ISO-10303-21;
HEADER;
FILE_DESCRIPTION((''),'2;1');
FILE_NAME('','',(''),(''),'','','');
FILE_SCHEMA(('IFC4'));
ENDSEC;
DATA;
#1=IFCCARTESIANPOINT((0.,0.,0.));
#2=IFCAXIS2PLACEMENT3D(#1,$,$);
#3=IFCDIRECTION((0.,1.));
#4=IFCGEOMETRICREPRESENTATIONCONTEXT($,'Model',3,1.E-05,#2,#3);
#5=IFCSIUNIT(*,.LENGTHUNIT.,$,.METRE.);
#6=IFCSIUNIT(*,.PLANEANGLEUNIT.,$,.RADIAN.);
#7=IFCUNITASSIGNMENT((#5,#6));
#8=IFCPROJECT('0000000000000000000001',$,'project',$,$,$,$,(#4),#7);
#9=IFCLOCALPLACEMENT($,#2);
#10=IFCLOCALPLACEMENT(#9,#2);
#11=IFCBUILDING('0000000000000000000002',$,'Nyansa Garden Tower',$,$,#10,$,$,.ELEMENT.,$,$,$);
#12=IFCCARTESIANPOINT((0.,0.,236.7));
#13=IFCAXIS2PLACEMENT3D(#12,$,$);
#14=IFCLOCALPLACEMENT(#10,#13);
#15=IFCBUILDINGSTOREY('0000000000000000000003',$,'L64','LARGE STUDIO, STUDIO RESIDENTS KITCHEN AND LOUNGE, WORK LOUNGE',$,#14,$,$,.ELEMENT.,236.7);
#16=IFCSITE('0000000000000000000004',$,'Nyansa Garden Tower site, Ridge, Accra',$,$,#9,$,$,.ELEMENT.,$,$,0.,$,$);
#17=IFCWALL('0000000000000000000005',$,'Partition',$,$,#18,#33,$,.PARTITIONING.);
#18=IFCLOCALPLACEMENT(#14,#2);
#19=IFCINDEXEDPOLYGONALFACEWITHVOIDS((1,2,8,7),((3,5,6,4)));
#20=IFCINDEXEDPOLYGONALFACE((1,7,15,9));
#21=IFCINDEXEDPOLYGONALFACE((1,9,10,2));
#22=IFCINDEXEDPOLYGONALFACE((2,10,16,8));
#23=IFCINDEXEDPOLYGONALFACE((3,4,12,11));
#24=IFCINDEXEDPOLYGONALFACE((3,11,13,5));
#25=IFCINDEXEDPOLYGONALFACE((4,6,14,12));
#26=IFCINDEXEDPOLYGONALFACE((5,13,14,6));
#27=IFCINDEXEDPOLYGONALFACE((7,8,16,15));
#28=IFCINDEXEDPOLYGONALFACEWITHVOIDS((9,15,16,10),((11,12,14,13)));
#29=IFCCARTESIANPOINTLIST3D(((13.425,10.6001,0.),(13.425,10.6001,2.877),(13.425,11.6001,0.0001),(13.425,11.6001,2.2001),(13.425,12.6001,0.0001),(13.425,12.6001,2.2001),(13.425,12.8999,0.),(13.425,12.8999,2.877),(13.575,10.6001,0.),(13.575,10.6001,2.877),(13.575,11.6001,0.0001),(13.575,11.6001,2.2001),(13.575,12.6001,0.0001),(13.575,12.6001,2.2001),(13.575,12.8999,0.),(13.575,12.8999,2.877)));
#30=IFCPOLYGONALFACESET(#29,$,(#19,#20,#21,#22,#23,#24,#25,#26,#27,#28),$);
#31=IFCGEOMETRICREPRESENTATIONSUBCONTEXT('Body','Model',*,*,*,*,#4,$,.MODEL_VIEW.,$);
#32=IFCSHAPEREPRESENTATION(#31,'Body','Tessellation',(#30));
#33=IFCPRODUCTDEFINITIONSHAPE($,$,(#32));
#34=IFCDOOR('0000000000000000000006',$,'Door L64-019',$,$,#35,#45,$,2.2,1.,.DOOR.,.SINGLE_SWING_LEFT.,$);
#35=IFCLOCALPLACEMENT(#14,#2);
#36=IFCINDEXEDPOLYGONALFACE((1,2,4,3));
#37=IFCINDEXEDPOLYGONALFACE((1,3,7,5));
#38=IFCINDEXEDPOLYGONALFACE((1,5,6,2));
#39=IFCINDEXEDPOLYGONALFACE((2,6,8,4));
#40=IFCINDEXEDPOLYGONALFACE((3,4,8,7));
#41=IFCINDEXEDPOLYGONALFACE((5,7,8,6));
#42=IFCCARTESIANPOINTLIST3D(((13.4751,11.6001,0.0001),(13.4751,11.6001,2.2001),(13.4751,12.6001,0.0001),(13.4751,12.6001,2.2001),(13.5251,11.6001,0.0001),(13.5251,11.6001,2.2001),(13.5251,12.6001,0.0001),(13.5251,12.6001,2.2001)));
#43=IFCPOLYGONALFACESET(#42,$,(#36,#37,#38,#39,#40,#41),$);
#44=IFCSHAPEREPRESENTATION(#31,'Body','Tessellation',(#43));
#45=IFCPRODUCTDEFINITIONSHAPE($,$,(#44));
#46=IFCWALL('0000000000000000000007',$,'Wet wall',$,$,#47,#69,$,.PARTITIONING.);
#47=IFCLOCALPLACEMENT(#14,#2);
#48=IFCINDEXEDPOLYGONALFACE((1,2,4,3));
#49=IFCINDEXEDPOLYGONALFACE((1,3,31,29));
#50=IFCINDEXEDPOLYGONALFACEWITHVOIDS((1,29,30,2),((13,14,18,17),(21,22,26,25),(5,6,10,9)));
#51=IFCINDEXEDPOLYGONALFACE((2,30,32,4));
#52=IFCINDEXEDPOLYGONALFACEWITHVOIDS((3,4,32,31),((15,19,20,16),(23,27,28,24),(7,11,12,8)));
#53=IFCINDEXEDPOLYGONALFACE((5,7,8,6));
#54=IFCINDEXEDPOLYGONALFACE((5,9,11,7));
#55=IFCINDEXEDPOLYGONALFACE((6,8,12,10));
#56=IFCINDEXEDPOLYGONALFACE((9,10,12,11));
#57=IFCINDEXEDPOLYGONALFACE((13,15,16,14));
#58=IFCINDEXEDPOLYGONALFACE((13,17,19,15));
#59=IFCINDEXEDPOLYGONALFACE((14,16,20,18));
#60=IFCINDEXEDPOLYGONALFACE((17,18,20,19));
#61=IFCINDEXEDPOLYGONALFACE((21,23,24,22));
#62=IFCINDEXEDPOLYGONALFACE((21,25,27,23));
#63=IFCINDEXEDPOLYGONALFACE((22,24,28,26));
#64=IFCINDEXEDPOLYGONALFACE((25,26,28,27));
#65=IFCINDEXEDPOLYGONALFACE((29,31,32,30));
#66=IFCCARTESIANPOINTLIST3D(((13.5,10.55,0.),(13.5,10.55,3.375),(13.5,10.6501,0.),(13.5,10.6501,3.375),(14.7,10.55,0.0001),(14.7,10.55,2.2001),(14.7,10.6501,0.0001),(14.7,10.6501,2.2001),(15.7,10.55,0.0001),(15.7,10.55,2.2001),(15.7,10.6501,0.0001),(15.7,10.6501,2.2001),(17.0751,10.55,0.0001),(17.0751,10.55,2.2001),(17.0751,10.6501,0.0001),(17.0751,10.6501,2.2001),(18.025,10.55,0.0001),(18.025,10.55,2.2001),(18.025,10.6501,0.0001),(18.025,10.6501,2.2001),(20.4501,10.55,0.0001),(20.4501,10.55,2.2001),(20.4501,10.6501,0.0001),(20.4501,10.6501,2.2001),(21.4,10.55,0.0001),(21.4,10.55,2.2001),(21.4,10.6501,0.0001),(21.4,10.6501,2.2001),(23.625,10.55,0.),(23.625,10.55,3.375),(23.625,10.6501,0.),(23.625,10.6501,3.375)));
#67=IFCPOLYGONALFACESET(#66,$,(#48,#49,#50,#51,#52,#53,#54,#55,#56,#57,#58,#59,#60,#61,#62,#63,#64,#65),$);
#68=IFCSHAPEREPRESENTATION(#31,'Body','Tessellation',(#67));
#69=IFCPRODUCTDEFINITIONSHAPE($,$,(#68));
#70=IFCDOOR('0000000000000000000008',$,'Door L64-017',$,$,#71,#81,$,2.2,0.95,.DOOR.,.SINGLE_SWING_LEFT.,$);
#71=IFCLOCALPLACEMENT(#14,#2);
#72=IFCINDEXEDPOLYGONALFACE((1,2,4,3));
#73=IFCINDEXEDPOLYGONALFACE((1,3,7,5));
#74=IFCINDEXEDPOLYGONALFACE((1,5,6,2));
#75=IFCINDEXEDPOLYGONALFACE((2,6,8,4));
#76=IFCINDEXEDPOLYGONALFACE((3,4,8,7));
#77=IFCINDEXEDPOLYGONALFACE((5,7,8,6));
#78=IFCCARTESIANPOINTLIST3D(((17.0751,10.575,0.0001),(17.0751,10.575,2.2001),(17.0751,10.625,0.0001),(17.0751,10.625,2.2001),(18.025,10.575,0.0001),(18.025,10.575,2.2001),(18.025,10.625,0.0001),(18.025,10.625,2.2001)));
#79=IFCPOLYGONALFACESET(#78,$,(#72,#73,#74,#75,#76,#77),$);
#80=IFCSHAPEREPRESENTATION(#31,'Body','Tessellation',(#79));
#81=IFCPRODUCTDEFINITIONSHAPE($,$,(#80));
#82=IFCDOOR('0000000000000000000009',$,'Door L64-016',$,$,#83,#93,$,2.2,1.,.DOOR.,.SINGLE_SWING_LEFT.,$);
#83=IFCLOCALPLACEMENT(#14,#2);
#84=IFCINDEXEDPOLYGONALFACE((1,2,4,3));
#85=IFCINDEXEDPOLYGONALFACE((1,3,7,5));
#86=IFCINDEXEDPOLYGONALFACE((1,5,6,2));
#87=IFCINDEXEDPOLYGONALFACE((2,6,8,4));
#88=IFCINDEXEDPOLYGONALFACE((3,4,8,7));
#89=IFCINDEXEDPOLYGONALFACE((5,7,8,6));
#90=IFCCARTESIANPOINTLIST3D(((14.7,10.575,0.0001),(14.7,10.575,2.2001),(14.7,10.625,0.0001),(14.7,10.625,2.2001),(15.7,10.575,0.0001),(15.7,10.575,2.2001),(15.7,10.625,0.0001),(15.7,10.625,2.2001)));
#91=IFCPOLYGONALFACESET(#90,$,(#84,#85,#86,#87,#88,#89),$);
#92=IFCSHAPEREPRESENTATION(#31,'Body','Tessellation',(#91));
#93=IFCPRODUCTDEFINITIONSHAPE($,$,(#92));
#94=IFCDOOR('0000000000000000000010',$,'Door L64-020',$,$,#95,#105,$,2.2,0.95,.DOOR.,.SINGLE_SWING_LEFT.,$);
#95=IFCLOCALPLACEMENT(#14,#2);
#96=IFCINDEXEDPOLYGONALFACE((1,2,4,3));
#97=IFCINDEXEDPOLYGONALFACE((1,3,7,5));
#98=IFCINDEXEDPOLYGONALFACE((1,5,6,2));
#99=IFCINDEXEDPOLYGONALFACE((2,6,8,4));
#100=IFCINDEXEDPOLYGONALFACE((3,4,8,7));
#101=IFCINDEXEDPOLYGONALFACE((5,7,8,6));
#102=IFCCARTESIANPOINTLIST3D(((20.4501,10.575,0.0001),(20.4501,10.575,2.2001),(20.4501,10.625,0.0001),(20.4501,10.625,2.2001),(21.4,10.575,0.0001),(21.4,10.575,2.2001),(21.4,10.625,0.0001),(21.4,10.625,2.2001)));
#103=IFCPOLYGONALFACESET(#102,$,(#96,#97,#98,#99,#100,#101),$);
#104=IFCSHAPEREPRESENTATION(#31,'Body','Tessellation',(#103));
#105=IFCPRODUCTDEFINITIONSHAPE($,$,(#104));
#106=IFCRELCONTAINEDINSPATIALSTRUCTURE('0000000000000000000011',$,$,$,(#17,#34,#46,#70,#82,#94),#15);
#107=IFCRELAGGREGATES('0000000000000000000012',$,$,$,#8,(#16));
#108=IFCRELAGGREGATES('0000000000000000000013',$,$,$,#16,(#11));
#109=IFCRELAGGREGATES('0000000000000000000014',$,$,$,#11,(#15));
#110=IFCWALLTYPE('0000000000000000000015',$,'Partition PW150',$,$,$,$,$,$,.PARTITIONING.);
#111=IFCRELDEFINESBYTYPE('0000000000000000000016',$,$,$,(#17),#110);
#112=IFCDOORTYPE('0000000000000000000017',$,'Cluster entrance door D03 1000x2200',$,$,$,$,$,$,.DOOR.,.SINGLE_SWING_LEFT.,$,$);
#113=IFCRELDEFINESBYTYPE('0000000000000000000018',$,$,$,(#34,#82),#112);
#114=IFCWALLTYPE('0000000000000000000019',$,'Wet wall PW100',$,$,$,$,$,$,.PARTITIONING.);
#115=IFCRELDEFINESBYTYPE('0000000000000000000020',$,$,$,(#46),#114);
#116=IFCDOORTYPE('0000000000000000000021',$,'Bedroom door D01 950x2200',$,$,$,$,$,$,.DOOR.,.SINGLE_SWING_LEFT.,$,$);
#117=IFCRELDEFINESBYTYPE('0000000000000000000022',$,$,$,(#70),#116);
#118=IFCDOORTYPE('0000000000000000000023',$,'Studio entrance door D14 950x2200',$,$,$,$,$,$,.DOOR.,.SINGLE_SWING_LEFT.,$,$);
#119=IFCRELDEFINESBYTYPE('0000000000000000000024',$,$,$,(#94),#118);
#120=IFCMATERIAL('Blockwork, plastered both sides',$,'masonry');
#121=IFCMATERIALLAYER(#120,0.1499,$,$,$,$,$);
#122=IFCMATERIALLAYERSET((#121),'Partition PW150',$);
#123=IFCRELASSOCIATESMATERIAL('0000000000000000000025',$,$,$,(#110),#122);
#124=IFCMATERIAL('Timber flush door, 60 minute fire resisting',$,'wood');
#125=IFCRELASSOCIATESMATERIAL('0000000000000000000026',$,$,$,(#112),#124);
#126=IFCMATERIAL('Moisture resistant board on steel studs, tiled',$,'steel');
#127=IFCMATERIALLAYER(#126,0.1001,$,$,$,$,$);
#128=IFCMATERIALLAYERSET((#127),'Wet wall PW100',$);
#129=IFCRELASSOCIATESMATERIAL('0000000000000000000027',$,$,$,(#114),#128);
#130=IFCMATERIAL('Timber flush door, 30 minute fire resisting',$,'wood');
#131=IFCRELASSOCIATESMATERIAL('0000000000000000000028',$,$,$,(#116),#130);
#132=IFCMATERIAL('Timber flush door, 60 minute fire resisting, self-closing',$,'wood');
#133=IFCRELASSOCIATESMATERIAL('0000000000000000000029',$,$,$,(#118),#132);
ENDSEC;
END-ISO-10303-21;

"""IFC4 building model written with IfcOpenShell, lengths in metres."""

from ifc_helpers import new_model, si_unit, direction, frame, frame_2d, origin, place, context, subcontext, project, spatial, rectangle, extrude, material, layer, layer_set, type_object, element, fill, save


model = new_model("IFC4")

# Units and contexts
model_context = context("Model", 3, precision=1e-05, world=origin(), true_north=direction((0.0, 1.0)))
body_context = subcontext(model_context, "Body", "Model", "MODEL_VIEW")
ifc_project = project(units=[si_unit("LENGTHUNIT", "METRE"), si_unit("PLANEANGLEUNIT", "RADIAN")], contexts=[model_context])

# Site, building, storey
site_placement = place(None, origin())
site = spatial("IfcSite", under=ifc_project, at=site_placement, Name="Nyansa Garden Tower site, Ridge, Accra", CompositionType="ELEMENT", RefElevation=0.0)
building_placement = place(site_placement, origin())
building = spatial("IfcBuilding", under=site, at=building_placement, Name="Nyansa Garden Tower", CompositionType="ELEMENT")
storey_placement = place(building_placement, frame((0.0, 0.0, 236.7)))
storey = spatial("IfcBuildingStorey", under=building, at=storey_placement, Name="L64", Description="LARGE STUDIO, STUDIO RESIDENTS KITCHEN AND LOUNGE, WORK LOUNGE", CompositionType="ELEMENT", Elevation=236.7)

# Shared definitions
ifc_material_1 = material(Name="Blockwork, plastered both sides", Category="masonry")
ifc_layer_1 = layer(ifc_material_1, 0.1499)
ifc_layer_set_1 = layer_set([ifc_layer_1], Name="Partition PW150")
wall_type_1 = type_object("IfcWallType", Name="Partition PW150", PredefinedType="PARTITIONING", material=ifc_layer_set_1)
ifc_material_2 = material(Name="Timber flush door, 60 minute fire resisting", Category="wood")
door_type_1 = type_object("IfcDoorType", Name="Cluster entrance door D03 1000x2200", OperationType="SINGLE_SWING_LEFT", PredefinedType="DOOR", material=ifc_material_2)

# Wall, opening, door
wall_1_placement = place(storey_placement, frame((13.5, 10.6001, 0.0), z_axis=(0.0, 0.0, 1.0), x_axis=(0.0, 1.0, 0.0)))
wall_1 = element("IfcWall", 1, at=wall_1_placement, inside=storey, type_object=wall_type_1, Name="Partition", PredefinedType="PARTITIONING", context=body_context, shape_type="SweptSolid", body=[
    extrude(rectangle(XDim=2.2998, YDim=0.1499, at=frame_2d((1.1499, 0.0))), origin(), (0.0, 0.0, 1.0), 2.877),
])
opening_1_placement = place(wall_1_placement, frame((1.0, 0.0, 0.0)))
opening_1 = element("IfcOpeningElement", 2, at=opening_1_placement, cuts=wall_1, PredefinedType="OPENING", context=body_context, shape_type="SweptSolid", body=[
    extrude(rectangle(XDim=1.0, YDim=2.2, at=frame_2d((0.5, 1.1001))), frame((0.0, 0.085, 0.0), z_axis=(0.0, -1.0, 0.0), x_axis=(1.0, 0.0, 0.0)), (0.0, 0.0, 1.0), 0.1699),
])
door_1_placement = place(opening_1_placement, origin())
door_1 = element("IfcDoor", 3, at=door_1_placement, inside=storey, type_object=door_type_1, Name="Door L64-019", OperationType="SINGLE_SWING_LEFT", OverallHeight=2.2, OverallWidth=1.0, PredefinedType="DOOR", context=body_context, shape_type="SweptSolid", body=[
    extrude(rectangle(XDim=1.0, YDim=2.2, at=frame_2d((0.5, 1.1001))), frame((0.0, 0.0249, 0.0), z_axis=(0.0, -1.0, 0.0), x_axis=(1.0, 0.0, 0.0)), (0.0, 0.0, 1.0), 0.05),
])
fill(opening_1, door_1)

# Wall, openings, doors
ifc_material_3 = material(Name="Moisture resistant board on steel studs, tiled", Category="steel")
ifc_layer_2 = layer(ifc_material_3, 0.1001)
ifc_layer_set_2 = layer_set([ifc_layer_2], Name="Wet wall PW100")
wall_type_2 = type_object("IfcWallType", Name="Wet wall PW100", PredefinedType="PARTITIONING", material=ifc_layer_set_2)
wall_2_placement = place(storey_placement, frame((13.5, 10.6001, 0.0), z_axis=(0.0, 0.0, 1.0), x_axis=(1.0, 0.0, 0.0)))
wall_2 = element("IfcWall", 4, at=wall_2_placement, inside=storey, type_object=wall_type_2, Name="Wet wall", PredefinedType="PARTITIONING", context=body_context, shape_type="SweptSolid", body=[
    extrude(rectangle(XDim=10.125, YDim=0.1001, at=frame_2d((5.0625, 0.0))), origin(), (0.0, 0.0, 1.0), 3.375),
])
opening_2_placement = place(wall_2_placement, frame((1.2, 0.0, 0.0)))
opening_2 = element("IfcOpeningElement", 5, at=opening_2_placement, cuts=wall_2, PredefinedType="OPENING", context=body_context, shape_type="SweptSolid", body=[
    extrude(rectangle(XDim=1.0, YDim=2.2, at=frame_2d((0.5, 1.1001))), frame((0.0, 0.0601, 0.0), z_axis=(0.0, -1.0, 0.0), x_axis=(1.0, 0.0, 0.0)), (0.0, 0.0, 1.0), 0.1201),
])
opening_3_placement = place(wall_2_placement, frame((3.575, 0.0, 0.0)))
opening_3 = element("IfcOpeningElement", 6, at=opening_3_placement, cuts=wall_2, PredefinedType="OPENING", context=body_context, shape_type="SweptSolid", body=[
    extrude(rectangle(XDim=0.95, YDim=2.2, at=frame_2d((0.4751, 1.1001))), frame((0.0, 0.0601, 0.0), z_axis=(0.0, -1.0, 0.0), x_axis=(1.0, 0.0, 0.0)), (0.0, 0.0, 1.0), 0.1201),
])
opening_4_placement = place(wall_2_placement, frame((6.95, 0.0, 0.0)))
opening_4 = element("IfcOpeningElement", 7, at=opening_4_placement, cuts=wall_2, PredefinedType="OPENING", context=body_context, shape_type="SweptSolid", body=[
    extrude(rectangle(XDim=0.95, YDim=2.2, at=frame_2d((0.4751, 1.1001))), frame((0.0, 0.0601, 0.0), z_axis=(0.0, -1.0, 0.0), x_axis=(1.0, 0.0, 0.0)), (0.0, 0.0, 1.0), 0.1201),
])
ifc_material_4 = material(Name="Timber flush door, 30 minute fire resisting", Category="wood")
door_type_2 = type_object("IfcDoorType", Name="Bedroom door D01 950x2200", OperationType="SINGLE_SWING_LEFT", PredefinedType="DOOR", material=ifc_material_4)
door_2_placement = place(opening_3_placement, origin())
door_2 = element("IfcDoor", 8, at=door_2_placement, inside=storey, type_object=door_type_2, Name="Door L64-017", OperationType="SINGLE_SWING_LEFT", OverallHeight=2.2, OverallWidth=0.95, PredefinedType="DOOR", context=body_context, shape_type="SweptSolid", body=[
    extrude(rectangle(XDim=0.95, YDim=2.2, at=frame_2d((0.4751, 1.1001))), frame((0.0, 0.0249, 0.0), z_axis=(0.0, -1.0, 0.0), x_axis=(1.0, 0.0, 0.0)), (0.0, 0.0, 1.0), 0.05),
])
fill(opening_3, door_2)
door_3_placement = place(opening_2_placement, origin())
door_3 = element("IfcDoor", 9, at=door_3_placement, inside=storey, type_object=door_type_1, Name="Door L64-016", OperationType="SINGLE_SWING_LEFT", OverallHeight=2.2, OverallWidth=1.0, PredefinedType="DOOR", context=body_context, shape_type="SweptSolid", body=[
    extrude(rectangle(XDim=1.0, YDim=2.2, at=frame_2d((0.5, 1.1001))), frame((0.0, 0.0249, 0.0), z_axis=(0.0, -1.0, 0.0), x_axis=(1.0, 0.0, 0.0)), (0.0, 0.0, 1.0), 0.05),
])
fill(opening_2, door_3)
ifc_material_5 = material(Name="Timber flush door, 60 minute fire resisting, self-closing", Category="wood")
door_type_3 = type_object("IfcDoorType", Name="Studio entrance door D14 950x2200", OperationType="SINGLE_SWING_LEFT", PredefinedType="DOOR", material=ifc_material_5)
door_4_placement = place(opening_4_placement, origin())
door_4 = element("IfcDoor", 10, at=door_4_placement, inside=storey, type_object=door_type_3, Name="Door L64-020", OperationType="SINGLE_SWING_LEFT", OverallHeight=2.2, OverallWidth=0.95, PredefinedType="DOOR", context=body_context, shape_type="SweptSolid", body=[
    extrude(rectangle(XDim=0.95, YDim=2.2, at=frame_2d((0.4751, 1.1001))), frame((0.0, 0.0249, 0.0), z_axis=(0.0, -1.0, 0.0), x_axis=(1.0, 0.0, 0.0)), (0.0, 0.0, 1.0), 0.05),
])
fill(opening_4, door_4)

save(model, "model.ifc")
